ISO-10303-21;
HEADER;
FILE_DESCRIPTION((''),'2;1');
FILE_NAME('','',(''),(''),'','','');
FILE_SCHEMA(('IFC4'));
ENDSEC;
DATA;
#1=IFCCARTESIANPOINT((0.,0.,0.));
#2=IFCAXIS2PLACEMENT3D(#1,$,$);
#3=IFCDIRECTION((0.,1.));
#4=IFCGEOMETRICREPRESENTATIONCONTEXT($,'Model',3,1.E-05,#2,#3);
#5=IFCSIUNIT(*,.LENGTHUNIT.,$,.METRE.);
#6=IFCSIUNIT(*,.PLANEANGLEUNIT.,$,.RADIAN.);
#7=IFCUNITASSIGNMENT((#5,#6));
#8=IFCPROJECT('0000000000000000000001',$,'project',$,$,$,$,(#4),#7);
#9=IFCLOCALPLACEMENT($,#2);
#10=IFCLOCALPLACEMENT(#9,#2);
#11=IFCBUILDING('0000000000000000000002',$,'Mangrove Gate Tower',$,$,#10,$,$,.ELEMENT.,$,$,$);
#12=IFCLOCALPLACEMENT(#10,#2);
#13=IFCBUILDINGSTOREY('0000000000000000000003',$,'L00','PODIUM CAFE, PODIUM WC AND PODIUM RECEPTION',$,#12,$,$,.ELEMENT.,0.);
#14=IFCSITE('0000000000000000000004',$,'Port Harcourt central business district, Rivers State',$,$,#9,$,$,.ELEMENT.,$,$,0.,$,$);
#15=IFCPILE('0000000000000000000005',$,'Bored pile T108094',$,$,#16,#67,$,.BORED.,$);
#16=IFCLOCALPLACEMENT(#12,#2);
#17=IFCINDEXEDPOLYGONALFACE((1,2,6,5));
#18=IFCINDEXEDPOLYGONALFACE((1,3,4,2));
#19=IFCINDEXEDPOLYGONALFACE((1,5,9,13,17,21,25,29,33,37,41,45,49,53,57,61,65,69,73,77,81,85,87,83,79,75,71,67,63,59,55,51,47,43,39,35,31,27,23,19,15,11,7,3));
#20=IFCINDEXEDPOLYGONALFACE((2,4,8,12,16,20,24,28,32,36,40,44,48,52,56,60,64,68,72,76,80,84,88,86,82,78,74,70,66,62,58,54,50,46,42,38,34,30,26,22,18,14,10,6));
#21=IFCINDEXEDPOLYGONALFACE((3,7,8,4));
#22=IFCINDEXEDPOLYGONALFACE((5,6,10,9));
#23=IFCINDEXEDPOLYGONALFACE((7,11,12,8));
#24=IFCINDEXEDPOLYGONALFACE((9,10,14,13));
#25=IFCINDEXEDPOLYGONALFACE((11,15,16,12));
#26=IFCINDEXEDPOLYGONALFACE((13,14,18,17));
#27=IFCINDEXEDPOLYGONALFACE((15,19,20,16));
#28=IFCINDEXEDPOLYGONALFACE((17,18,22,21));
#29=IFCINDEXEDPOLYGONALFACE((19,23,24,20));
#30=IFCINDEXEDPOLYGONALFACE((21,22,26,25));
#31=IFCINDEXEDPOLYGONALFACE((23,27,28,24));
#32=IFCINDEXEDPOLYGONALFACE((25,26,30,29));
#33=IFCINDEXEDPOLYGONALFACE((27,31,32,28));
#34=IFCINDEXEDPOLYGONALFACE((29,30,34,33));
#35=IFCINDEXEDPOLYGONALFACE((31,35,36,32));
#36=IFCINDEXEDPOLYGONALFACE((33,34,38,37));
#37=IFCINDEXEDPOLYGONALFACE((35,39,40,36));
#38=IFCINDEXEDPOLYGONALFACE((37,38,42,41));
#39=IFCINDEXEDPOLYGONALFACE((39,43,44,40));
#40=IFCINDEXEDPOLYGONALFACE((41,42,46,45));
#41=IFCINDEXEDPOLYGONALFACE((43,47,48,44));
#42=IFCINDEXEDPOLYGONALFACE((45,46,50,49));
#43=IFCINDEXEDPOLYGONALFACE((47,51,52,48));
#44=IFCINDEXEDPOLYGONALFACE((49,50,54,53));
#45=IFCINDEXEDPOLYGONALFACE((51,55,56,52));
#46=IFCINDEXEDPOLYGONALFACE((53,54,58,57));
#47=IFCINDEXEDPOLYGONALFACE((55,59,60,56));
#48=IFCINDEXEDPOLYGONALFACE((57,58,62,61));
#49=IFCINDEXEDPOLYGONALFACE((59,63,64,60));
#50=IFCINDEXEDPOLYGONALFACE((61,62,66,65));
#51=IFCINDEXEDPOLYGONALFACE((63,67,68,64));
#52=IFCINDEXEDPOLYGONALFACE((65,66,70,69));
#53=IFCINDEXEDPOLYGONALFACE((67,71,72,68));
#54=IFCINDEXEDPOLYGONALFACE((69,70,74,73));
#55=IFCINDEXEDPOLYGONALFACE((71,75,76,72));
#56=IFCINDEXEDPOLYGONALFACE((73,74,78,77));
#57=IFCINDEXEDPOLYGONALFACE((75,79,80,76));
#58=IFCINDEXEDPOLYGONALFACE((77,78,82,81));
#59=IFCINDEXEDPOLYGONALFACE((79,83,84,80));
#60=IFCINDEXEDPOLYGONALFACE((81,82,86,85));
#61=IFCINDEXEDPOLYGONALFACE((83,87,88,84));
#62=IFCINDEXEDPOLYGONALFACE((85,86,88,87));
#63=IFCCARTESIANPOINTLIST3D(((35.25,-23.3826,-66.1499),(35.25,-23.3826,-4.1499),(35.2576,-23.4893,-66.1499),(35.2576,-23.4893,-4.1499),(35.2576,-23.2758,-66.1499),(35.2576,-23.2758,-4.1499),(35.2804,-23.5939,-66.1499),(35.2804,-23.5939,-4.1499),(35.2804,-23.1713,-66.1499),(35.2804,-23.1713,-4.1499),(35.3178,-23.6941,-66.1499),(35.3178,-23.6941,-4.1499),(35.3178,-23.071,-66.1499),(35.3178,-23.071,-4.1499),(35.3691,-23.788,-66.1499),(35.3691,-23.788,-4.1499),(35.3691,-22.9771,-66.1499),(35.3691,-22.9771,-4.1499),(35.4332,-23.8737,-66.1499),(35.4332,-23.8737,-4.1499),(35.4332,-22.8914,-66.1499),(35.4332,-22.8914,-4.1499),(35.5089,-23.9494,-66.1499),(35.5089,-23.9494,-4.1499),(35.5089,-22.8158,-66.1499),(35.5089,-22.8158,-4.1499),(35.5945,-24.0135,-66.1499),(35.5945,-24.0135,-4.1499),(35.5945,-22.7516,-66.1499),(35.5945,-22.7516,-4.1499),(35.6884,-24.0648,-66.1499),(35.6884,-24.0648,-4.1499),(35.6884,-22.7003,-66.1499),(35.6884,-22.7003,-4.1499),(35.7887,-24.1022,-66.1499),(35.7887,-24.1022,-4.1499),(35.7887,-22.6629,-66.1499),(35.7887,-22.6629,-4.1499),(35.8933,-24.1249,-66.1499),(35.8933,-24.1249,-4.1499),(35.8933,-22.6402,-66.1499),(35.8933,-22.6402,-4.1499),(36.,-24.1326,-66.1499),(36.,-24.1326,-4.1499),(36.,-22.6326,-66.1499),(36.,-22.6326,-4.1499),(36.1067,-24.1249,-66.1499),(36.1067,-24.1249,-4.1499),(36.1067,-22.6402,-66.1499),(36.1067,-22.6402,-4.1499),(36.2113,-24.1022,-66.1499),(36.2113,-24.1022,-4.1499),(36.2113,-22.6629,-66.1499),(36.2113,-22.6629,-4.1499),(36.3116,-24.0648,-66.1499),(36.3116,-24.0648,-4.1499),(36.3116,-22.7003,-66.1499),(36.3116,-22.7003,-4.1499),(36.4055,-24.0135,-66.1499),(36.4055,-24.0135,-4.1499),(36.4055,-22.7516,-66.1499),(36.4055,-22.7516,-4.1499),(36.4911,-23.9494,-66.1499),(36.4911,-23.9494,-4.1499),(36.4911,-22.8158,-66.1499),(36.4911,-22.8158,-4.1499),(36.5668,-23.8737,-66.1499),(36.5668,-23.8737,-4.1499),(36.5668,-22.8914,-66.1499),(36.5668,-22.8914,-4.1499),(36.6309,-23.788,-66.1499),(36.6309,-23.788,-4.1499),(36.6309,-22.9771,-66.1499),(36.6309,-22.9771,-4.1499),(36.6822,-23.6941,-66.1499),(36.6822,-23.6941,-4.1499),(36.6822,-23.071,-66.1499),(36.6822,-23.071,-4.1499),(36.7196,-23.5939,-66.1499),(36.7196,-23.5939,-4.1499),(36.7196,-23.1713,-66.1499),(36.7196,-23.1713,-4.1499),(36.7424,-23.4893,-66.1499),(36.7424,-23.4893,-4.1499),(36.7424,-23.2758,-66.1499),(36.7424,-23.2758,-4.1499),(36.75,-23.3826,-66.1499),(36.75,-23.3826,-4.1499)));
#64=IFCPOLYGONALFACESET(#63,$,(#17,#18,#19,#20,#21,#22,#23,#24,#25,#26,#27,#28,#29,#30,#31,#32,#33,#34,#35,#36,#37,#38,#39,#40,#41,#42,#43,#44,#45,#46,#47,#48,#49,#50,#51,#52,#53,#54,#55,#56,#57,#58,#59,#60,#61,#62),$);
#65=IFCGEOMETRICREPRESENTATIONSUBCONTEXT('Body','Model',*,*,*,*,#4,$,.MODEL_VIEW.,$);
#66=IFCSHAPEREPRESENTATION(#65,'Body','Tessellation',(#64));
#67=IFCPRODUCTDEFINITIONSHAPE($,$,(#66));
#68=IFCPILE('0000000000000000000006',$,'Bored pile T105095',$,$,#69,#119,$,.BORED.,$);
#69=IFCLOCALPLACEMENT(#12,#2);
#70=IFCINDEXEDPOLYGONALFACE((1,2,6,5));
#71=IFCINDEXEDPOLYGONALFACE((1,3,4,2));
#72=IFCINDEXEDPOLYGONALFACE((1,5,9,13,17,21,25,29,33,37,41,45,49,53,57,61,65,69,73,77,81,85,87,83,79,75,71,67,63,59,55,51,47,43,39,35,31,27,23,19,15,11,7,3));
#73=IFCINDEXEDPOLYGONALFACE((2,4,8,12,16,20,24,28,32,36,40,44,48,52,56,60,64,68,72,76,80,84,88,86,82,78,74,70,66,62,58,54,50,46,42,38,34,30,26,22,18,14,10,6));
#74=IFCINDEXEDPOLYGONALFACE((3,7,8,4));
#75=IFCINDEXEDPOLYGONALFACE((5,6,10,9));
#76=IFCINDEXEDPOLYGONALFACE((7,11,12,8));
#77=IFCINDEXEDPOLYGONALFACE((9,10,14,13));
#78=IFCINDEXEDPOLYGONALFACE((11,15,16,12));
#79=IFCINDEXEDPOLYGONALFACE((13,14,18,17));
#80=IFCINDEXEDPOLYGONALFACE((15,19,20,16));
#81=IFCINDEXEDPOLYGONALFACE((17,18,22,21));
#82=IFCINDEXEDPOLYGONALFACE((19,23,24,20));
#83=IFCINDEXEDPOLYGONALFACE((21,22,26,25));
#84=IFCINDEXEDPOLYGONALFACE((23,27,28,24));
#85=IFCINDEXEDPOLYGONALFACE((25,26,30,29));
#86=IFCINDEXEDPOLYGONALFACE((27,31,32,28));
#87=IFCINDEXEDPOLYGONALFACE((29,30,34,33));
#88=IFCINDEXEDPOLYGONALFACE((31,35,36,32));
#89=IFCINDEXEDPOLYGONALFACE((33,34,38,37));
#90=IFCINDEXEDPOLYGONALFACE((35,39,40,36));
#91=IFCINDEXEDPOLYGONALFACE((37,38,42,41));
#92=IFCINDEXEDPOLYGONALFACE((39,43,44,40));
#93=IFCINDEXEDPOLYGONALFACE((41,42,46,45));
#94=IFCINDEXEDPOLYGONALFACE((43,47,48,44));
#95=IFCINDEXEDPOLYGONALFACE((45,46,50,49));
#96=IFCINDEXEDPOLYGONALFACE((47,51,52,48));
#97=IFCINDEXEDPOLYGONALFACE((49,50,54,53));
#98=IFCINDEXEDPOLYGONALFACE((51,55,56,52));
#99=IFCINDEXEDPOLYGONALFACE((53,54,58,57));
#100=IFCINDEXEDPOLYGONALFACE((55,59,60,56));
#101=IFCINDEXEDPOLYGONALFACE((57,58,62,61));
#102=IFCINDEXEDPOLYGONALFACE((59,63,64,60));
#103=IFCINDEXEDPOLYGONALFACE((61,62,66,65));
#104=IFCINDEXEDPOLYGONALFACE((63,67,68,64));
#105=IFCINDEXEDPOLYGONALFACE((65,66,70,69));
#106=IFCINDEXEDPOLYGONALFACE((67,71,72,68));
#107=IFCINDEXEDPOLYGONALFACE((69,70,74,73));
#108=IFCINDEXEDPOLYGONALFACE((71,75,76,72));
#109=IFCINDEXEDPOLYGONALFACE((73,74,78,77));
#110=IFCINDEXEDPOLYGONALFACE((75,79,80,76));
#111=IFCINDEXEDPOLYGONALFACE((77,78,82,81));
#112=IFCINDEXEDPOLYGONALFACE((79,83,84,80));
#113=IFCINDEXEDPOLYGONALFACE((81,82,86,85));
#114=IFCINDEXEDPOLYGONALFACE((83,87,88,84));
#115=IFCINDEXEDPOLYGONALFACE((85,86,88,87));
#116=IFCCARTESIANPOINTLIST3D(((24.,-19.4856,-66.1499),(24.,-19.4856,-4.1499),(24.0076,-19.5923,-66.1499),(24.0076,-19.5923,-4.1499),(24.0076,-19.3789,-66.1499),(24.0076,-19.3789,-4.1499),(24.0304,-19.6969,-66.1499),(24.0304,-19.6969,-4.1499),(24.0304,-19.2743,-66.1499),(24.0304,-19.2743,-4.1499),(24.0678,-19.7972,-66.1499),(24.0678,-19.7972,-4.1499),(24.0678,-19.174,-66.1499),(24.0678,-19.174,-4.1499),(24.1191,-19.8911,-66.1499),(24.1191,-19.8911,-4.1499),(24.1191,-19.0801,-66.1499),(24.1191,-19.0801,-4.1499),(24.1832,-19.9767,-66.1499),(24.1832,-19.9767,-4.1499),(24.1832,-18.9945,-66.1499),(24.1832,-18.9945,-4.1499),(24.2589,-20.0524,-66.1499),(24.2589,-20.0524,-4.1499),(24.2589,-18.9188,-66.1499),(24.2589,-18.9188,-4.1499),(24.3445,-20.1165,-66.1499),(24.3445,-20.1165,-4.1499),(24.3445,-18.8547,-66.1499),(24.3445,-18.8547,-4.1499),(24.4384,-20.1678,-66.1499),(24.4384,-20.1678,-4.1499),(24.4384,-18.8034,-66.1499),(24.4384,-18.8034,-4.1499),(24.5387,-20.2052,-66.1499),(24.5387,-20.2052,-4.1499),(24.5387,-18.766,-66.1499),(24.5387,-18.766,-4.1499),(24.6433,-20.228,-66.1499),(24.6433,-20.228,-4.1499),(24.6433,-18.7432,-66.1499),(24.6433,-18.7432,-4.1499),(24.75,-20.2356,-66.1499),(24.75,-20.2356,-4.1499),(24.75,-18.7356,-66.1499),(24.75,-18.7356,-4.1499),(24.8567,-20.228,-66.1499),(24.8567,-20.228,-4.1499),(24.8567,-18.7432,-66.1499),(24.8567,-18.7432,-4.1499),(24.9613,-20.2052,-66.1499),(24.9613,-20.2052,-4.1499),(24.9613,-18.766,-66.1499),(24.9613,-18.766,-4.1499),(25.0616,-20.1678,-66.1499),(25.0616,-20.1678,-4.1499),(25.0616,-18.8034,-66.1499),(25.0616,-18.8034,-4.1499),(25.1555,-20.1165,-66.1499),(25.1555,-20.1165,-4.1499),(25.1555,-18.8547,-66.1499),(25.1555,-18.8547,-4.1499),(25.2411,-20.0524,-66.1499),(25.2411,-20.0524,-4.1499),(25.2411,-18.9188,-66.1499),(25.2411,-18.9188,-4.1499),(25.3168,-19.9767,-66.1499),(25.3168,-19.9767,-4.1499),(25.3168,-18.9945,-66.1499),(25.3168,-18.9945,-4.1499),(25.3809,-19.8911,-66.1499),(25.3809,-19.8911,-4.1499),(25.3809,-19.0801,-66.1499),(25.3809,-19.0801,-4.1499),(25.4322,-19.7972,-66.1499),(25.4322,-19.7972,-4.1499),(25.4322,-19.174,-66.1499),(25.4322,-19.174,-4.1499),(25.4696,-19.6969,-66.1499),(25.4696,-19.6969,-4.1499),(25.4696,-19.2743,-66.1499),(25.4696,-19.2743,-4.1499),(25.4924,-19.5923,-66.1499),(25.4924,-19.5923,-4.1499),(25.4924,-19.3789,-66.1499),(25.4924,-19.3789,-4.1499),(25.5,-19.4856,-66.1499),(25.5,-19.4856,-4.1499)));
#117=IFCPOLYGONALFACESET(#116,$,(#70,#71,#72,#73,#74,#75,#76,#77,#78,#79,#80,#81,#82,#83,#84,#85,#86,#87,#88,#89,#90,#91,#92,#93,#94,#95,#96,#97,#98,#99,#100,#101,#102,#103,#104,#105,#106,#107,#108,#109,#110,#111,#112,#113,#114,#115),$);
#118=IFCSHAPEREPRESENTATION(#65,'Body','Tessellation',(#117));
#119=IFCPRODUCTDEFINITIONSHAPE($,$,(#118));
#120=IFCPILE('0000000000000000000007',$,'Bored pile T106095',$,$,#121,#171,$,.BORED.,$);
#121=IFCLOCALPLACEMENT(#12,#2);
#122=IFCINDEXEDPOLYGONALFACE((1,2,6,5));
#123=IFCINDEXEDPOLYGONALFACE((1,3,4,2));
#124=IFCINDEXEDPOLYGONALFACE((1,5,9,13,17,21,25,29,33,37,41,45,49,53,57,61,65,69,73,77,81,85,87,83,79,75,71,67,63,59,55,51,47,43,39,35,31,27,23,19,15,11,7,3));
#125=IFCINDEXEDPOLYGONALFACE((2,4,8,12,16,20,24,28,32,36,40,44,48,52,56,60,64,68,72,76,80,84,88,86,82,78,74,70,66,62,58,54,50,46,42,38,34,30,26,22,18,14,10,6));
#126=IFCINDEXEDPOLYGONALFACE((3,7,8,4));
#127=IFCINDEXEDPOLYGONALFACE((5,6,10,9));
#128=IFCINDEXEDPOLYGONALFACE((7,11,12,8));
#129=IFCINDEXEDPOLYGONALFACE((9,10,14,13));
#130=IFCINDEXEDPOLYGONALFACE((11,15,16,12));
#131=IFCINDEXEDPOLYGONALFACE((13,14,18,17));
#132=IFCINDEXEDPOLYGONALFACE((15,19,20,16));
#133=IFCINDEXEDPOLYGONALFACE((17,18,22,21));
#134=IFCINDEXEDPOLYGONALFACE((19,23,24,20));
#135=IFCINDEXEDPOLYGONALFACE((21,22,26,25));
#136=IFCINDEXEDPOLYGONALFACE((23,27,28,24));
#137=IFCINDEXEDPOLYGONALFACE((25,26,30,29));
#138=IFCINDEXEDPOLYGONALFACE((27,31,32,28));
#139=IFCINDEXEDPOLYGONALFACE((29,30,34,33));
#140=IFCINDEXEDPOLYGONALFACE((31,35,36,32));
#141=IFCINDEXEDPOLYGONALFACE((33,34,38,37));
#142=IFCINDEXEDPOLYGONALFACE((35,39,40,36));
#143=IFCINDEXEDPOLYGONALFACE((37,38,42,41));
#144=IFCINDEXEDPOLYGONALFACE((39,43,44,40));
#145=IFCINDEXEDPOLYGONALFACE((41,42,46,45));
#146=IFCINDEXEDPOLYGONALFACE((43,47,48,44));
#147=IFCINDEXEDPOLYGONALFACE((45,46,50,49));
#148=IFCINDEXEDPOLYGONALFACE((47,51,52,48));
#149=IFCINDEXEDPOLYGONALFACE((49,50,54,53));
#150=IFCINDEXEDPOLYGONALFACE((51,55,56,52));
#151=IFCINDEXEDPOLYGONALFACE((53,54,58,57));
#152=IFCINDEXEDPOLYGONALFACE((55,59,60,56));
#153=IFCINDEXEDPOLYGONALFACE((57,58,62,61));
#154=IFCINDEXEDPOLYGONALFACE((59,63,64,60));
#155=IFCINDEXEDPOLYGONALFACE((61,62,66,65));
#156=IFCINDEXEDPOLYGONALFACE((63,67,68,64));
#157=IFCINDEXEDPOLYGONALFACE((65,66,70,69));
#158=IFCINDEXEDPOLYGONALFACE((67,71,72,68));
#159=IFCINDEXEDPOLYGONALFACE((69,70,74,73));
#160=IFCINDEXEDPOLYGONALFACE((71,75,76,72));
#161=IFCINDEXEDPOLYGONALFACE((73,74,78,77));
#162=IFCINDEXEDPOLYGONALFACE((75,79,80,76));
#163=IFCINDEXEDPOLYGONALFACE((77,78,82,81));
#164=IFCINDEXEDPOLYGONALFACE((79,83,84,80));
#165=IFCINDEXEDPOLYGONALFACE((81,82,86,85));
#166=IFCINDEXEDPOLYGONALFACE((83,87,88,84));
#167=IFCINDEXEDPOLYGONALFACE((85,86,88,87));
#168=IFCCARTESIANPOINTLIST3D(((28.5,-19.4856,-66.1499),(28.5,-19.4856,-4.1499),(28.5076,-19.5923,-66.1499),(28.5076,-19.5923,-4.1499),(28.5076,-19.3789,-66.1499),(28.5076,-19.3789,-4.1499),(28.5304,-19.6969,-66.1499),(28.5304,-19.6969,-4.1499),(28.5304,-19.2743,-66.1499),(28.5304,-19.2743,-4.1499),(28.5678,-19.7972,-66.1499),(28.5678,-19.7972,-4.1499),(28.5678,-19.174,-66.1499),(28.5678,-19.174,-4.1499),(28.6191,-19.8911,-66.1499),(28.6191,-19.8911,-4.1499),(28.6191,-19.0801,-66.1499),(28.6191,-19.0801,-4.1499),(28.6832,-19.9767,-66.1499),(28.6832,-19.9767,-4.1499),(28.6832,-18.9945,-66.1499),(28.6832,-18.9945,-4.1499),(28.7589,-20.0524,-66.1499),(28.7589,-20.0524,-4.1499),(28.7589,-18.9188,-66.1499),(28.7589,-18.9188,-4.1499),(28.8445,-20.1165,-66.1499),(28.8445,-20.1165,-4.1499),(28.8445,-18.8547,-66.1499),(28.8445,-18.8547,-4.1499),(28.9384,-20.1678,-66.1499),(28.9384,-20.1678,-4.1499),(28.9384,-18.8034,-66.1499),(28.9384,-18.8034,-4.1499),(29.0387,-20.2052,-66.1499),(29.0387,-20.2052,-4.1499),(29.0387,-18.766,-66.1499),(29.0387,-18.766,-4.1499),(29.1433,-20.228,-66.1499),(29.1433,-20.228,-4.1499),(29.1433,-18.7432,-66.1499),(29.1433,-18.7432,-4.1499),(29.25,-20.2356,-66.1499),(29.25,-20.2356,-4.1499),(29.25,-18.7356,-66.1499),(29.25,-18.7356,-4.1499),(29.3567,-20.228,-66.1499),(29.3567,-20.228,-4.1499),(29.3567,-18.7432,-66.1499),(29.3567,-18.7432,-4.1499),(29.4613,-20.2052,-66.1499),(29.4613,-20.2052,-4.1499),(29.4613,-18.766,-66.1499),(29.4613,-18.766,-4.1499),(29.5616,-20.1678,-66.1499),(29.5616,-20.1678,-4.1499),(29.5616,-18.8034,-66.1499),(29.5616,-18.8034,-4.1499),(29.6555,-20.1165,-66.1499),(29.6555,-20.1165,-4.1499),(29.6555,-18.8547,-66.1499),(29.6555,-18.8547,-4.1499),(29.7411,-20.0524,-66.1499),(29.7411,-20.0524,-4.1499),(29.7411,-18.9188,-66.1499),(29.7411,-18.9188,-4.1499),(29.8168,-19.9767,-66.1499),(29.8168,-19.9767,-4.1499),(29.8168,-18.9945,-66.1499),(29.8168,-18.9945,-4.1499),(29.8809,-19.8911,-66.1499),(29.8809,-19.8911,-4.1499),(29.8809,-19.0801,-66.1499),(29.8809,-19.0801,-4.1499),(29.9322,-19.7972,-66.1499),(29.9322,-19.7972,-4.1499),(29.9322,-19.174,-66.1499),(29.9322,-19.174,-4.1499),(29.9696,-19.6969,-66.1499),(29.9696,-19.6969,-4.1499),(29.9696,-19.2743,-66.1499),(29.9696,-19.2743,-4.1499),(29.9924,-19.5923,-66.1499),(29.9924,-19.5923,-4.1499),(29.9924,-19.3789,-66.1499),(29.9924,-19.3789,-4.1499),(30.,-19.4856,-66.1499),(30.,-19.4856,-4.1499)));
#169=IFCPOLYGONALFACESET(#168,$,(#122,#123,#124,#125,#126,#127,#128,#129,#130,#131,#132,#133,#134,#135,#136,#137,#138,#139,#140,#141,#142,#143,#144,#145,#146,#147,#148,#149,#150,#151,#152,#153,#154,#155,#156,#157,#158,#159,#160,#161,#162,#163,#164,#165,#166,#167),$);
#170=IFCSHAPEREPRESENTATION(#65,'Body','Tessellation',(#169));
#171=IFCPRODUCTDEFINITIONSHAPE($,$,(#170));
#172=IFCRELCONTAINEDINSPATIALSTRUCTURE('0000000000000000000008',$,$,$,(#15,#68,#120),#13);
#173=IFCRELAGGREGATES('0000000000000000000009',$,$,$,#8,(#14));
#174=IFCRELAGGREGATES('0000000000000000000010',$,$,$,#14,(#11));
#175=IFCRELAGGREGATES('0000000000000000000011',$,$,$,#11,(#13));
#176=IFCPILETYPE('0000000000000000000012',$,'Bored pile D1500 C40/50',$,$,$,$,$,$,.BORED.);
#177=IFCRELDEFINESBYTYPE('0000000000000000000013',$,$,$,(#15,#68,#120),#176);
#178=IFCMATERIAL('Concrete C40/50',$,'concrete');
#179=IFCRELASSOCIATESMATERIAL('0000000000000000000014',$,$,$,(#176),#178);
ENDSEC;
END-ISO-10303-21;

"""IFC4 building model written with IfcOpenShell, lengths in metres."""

from ifc_helpers import new_model, si_unit, direction, frame, origin, origin_2d, place, context, subcontext, project, spatial, circle, extrude, material, material_profile, profile_set, type_object, element, save


model = new_model("IFC4")

# Units and contexts
model_context = context("Model", 3, precision=1e-05, world=origin(), true_north=direction((0.0, 1.0)))
body_context = subcontext(model_context, "Body", "Model", "MODEL_VIEW")
ifc_project = project(units=[si_unit("LENGTHUNIT", "METRE"), si_unit("PLANEANGLEUNIT", "RADIAN")], contexts=[model_context])

# Site, building, storey
site_placement = place(None, origin())
site = spatial("IfcSite", under=ifc_project, at=site_placement, Name="Port Harcourt central business district, Rivers State", CompositionType="ELEMENT", RefElevation=0.0)
building_placement = place(site_placement, origin())
building = spatial("IfcBuilding", under=site, at=building_placement, Name="Mangrove Gate Tower", CompositionType="ELEMENT")
storey_placement = place(building_placement, origin())
storey = spatial("IfcBuildingStorey", under=building, at=storey_placement, Name="L00", Description="PODIUM CAFE, PODIUM WC AND PODIUM RECEPTION", CompositionType="ELEMENT", Elevation=0.0)

# Piles
ifc_material_1 = material(Name="Concrete C40/50", Category="concrete")
ifc_material_profile_1 = material_profile(ifc_material_1, circle(Radius=0.75, at=origin_2d()))
ifc_profile_set_1 = profile_set([ifc_material_profile_1], Name="Concrete C40/50")
pile_type = type_object("IfcPileType", Name="Bored pile D1500 C40/50", PredefinedType="BORED", material=ifc_profile_set_1)
for number, where, z_axis, x_axis, name in (
    (1, (36.0, -23.3826, -4.1499), (0.0, 0.0, -1.0), (1.0, 0.0, 0.0), "Bored pile T108094"),
    (2, (24.75, -19.4856, -4.1499), (0.0, 0.0, -1.0), (1.0, 0.0, 0.0), "Bored pile T105095"),
    (3, (29.25, -19.4856, -4.1499), (0.0, 0.0, -1.0), (1.0, 0.0, 0.0), "Bored pile T106095"),
):
    element("IfcPile", number, at=place(storey_placement, frame(where, z_axis=z_axis, x_axis=x_axis)), inside=storey, type_object=pile_type, Name=name, PredefinedType="BORED", context=body_context, shape_type="SweptSolid", body=[
        extrude(circle(Radius=0.75, at=origin_2d()), origin(), (0.0, 0.0, 1.0), 62.0),
    ])

save(model, "model.ifc")
